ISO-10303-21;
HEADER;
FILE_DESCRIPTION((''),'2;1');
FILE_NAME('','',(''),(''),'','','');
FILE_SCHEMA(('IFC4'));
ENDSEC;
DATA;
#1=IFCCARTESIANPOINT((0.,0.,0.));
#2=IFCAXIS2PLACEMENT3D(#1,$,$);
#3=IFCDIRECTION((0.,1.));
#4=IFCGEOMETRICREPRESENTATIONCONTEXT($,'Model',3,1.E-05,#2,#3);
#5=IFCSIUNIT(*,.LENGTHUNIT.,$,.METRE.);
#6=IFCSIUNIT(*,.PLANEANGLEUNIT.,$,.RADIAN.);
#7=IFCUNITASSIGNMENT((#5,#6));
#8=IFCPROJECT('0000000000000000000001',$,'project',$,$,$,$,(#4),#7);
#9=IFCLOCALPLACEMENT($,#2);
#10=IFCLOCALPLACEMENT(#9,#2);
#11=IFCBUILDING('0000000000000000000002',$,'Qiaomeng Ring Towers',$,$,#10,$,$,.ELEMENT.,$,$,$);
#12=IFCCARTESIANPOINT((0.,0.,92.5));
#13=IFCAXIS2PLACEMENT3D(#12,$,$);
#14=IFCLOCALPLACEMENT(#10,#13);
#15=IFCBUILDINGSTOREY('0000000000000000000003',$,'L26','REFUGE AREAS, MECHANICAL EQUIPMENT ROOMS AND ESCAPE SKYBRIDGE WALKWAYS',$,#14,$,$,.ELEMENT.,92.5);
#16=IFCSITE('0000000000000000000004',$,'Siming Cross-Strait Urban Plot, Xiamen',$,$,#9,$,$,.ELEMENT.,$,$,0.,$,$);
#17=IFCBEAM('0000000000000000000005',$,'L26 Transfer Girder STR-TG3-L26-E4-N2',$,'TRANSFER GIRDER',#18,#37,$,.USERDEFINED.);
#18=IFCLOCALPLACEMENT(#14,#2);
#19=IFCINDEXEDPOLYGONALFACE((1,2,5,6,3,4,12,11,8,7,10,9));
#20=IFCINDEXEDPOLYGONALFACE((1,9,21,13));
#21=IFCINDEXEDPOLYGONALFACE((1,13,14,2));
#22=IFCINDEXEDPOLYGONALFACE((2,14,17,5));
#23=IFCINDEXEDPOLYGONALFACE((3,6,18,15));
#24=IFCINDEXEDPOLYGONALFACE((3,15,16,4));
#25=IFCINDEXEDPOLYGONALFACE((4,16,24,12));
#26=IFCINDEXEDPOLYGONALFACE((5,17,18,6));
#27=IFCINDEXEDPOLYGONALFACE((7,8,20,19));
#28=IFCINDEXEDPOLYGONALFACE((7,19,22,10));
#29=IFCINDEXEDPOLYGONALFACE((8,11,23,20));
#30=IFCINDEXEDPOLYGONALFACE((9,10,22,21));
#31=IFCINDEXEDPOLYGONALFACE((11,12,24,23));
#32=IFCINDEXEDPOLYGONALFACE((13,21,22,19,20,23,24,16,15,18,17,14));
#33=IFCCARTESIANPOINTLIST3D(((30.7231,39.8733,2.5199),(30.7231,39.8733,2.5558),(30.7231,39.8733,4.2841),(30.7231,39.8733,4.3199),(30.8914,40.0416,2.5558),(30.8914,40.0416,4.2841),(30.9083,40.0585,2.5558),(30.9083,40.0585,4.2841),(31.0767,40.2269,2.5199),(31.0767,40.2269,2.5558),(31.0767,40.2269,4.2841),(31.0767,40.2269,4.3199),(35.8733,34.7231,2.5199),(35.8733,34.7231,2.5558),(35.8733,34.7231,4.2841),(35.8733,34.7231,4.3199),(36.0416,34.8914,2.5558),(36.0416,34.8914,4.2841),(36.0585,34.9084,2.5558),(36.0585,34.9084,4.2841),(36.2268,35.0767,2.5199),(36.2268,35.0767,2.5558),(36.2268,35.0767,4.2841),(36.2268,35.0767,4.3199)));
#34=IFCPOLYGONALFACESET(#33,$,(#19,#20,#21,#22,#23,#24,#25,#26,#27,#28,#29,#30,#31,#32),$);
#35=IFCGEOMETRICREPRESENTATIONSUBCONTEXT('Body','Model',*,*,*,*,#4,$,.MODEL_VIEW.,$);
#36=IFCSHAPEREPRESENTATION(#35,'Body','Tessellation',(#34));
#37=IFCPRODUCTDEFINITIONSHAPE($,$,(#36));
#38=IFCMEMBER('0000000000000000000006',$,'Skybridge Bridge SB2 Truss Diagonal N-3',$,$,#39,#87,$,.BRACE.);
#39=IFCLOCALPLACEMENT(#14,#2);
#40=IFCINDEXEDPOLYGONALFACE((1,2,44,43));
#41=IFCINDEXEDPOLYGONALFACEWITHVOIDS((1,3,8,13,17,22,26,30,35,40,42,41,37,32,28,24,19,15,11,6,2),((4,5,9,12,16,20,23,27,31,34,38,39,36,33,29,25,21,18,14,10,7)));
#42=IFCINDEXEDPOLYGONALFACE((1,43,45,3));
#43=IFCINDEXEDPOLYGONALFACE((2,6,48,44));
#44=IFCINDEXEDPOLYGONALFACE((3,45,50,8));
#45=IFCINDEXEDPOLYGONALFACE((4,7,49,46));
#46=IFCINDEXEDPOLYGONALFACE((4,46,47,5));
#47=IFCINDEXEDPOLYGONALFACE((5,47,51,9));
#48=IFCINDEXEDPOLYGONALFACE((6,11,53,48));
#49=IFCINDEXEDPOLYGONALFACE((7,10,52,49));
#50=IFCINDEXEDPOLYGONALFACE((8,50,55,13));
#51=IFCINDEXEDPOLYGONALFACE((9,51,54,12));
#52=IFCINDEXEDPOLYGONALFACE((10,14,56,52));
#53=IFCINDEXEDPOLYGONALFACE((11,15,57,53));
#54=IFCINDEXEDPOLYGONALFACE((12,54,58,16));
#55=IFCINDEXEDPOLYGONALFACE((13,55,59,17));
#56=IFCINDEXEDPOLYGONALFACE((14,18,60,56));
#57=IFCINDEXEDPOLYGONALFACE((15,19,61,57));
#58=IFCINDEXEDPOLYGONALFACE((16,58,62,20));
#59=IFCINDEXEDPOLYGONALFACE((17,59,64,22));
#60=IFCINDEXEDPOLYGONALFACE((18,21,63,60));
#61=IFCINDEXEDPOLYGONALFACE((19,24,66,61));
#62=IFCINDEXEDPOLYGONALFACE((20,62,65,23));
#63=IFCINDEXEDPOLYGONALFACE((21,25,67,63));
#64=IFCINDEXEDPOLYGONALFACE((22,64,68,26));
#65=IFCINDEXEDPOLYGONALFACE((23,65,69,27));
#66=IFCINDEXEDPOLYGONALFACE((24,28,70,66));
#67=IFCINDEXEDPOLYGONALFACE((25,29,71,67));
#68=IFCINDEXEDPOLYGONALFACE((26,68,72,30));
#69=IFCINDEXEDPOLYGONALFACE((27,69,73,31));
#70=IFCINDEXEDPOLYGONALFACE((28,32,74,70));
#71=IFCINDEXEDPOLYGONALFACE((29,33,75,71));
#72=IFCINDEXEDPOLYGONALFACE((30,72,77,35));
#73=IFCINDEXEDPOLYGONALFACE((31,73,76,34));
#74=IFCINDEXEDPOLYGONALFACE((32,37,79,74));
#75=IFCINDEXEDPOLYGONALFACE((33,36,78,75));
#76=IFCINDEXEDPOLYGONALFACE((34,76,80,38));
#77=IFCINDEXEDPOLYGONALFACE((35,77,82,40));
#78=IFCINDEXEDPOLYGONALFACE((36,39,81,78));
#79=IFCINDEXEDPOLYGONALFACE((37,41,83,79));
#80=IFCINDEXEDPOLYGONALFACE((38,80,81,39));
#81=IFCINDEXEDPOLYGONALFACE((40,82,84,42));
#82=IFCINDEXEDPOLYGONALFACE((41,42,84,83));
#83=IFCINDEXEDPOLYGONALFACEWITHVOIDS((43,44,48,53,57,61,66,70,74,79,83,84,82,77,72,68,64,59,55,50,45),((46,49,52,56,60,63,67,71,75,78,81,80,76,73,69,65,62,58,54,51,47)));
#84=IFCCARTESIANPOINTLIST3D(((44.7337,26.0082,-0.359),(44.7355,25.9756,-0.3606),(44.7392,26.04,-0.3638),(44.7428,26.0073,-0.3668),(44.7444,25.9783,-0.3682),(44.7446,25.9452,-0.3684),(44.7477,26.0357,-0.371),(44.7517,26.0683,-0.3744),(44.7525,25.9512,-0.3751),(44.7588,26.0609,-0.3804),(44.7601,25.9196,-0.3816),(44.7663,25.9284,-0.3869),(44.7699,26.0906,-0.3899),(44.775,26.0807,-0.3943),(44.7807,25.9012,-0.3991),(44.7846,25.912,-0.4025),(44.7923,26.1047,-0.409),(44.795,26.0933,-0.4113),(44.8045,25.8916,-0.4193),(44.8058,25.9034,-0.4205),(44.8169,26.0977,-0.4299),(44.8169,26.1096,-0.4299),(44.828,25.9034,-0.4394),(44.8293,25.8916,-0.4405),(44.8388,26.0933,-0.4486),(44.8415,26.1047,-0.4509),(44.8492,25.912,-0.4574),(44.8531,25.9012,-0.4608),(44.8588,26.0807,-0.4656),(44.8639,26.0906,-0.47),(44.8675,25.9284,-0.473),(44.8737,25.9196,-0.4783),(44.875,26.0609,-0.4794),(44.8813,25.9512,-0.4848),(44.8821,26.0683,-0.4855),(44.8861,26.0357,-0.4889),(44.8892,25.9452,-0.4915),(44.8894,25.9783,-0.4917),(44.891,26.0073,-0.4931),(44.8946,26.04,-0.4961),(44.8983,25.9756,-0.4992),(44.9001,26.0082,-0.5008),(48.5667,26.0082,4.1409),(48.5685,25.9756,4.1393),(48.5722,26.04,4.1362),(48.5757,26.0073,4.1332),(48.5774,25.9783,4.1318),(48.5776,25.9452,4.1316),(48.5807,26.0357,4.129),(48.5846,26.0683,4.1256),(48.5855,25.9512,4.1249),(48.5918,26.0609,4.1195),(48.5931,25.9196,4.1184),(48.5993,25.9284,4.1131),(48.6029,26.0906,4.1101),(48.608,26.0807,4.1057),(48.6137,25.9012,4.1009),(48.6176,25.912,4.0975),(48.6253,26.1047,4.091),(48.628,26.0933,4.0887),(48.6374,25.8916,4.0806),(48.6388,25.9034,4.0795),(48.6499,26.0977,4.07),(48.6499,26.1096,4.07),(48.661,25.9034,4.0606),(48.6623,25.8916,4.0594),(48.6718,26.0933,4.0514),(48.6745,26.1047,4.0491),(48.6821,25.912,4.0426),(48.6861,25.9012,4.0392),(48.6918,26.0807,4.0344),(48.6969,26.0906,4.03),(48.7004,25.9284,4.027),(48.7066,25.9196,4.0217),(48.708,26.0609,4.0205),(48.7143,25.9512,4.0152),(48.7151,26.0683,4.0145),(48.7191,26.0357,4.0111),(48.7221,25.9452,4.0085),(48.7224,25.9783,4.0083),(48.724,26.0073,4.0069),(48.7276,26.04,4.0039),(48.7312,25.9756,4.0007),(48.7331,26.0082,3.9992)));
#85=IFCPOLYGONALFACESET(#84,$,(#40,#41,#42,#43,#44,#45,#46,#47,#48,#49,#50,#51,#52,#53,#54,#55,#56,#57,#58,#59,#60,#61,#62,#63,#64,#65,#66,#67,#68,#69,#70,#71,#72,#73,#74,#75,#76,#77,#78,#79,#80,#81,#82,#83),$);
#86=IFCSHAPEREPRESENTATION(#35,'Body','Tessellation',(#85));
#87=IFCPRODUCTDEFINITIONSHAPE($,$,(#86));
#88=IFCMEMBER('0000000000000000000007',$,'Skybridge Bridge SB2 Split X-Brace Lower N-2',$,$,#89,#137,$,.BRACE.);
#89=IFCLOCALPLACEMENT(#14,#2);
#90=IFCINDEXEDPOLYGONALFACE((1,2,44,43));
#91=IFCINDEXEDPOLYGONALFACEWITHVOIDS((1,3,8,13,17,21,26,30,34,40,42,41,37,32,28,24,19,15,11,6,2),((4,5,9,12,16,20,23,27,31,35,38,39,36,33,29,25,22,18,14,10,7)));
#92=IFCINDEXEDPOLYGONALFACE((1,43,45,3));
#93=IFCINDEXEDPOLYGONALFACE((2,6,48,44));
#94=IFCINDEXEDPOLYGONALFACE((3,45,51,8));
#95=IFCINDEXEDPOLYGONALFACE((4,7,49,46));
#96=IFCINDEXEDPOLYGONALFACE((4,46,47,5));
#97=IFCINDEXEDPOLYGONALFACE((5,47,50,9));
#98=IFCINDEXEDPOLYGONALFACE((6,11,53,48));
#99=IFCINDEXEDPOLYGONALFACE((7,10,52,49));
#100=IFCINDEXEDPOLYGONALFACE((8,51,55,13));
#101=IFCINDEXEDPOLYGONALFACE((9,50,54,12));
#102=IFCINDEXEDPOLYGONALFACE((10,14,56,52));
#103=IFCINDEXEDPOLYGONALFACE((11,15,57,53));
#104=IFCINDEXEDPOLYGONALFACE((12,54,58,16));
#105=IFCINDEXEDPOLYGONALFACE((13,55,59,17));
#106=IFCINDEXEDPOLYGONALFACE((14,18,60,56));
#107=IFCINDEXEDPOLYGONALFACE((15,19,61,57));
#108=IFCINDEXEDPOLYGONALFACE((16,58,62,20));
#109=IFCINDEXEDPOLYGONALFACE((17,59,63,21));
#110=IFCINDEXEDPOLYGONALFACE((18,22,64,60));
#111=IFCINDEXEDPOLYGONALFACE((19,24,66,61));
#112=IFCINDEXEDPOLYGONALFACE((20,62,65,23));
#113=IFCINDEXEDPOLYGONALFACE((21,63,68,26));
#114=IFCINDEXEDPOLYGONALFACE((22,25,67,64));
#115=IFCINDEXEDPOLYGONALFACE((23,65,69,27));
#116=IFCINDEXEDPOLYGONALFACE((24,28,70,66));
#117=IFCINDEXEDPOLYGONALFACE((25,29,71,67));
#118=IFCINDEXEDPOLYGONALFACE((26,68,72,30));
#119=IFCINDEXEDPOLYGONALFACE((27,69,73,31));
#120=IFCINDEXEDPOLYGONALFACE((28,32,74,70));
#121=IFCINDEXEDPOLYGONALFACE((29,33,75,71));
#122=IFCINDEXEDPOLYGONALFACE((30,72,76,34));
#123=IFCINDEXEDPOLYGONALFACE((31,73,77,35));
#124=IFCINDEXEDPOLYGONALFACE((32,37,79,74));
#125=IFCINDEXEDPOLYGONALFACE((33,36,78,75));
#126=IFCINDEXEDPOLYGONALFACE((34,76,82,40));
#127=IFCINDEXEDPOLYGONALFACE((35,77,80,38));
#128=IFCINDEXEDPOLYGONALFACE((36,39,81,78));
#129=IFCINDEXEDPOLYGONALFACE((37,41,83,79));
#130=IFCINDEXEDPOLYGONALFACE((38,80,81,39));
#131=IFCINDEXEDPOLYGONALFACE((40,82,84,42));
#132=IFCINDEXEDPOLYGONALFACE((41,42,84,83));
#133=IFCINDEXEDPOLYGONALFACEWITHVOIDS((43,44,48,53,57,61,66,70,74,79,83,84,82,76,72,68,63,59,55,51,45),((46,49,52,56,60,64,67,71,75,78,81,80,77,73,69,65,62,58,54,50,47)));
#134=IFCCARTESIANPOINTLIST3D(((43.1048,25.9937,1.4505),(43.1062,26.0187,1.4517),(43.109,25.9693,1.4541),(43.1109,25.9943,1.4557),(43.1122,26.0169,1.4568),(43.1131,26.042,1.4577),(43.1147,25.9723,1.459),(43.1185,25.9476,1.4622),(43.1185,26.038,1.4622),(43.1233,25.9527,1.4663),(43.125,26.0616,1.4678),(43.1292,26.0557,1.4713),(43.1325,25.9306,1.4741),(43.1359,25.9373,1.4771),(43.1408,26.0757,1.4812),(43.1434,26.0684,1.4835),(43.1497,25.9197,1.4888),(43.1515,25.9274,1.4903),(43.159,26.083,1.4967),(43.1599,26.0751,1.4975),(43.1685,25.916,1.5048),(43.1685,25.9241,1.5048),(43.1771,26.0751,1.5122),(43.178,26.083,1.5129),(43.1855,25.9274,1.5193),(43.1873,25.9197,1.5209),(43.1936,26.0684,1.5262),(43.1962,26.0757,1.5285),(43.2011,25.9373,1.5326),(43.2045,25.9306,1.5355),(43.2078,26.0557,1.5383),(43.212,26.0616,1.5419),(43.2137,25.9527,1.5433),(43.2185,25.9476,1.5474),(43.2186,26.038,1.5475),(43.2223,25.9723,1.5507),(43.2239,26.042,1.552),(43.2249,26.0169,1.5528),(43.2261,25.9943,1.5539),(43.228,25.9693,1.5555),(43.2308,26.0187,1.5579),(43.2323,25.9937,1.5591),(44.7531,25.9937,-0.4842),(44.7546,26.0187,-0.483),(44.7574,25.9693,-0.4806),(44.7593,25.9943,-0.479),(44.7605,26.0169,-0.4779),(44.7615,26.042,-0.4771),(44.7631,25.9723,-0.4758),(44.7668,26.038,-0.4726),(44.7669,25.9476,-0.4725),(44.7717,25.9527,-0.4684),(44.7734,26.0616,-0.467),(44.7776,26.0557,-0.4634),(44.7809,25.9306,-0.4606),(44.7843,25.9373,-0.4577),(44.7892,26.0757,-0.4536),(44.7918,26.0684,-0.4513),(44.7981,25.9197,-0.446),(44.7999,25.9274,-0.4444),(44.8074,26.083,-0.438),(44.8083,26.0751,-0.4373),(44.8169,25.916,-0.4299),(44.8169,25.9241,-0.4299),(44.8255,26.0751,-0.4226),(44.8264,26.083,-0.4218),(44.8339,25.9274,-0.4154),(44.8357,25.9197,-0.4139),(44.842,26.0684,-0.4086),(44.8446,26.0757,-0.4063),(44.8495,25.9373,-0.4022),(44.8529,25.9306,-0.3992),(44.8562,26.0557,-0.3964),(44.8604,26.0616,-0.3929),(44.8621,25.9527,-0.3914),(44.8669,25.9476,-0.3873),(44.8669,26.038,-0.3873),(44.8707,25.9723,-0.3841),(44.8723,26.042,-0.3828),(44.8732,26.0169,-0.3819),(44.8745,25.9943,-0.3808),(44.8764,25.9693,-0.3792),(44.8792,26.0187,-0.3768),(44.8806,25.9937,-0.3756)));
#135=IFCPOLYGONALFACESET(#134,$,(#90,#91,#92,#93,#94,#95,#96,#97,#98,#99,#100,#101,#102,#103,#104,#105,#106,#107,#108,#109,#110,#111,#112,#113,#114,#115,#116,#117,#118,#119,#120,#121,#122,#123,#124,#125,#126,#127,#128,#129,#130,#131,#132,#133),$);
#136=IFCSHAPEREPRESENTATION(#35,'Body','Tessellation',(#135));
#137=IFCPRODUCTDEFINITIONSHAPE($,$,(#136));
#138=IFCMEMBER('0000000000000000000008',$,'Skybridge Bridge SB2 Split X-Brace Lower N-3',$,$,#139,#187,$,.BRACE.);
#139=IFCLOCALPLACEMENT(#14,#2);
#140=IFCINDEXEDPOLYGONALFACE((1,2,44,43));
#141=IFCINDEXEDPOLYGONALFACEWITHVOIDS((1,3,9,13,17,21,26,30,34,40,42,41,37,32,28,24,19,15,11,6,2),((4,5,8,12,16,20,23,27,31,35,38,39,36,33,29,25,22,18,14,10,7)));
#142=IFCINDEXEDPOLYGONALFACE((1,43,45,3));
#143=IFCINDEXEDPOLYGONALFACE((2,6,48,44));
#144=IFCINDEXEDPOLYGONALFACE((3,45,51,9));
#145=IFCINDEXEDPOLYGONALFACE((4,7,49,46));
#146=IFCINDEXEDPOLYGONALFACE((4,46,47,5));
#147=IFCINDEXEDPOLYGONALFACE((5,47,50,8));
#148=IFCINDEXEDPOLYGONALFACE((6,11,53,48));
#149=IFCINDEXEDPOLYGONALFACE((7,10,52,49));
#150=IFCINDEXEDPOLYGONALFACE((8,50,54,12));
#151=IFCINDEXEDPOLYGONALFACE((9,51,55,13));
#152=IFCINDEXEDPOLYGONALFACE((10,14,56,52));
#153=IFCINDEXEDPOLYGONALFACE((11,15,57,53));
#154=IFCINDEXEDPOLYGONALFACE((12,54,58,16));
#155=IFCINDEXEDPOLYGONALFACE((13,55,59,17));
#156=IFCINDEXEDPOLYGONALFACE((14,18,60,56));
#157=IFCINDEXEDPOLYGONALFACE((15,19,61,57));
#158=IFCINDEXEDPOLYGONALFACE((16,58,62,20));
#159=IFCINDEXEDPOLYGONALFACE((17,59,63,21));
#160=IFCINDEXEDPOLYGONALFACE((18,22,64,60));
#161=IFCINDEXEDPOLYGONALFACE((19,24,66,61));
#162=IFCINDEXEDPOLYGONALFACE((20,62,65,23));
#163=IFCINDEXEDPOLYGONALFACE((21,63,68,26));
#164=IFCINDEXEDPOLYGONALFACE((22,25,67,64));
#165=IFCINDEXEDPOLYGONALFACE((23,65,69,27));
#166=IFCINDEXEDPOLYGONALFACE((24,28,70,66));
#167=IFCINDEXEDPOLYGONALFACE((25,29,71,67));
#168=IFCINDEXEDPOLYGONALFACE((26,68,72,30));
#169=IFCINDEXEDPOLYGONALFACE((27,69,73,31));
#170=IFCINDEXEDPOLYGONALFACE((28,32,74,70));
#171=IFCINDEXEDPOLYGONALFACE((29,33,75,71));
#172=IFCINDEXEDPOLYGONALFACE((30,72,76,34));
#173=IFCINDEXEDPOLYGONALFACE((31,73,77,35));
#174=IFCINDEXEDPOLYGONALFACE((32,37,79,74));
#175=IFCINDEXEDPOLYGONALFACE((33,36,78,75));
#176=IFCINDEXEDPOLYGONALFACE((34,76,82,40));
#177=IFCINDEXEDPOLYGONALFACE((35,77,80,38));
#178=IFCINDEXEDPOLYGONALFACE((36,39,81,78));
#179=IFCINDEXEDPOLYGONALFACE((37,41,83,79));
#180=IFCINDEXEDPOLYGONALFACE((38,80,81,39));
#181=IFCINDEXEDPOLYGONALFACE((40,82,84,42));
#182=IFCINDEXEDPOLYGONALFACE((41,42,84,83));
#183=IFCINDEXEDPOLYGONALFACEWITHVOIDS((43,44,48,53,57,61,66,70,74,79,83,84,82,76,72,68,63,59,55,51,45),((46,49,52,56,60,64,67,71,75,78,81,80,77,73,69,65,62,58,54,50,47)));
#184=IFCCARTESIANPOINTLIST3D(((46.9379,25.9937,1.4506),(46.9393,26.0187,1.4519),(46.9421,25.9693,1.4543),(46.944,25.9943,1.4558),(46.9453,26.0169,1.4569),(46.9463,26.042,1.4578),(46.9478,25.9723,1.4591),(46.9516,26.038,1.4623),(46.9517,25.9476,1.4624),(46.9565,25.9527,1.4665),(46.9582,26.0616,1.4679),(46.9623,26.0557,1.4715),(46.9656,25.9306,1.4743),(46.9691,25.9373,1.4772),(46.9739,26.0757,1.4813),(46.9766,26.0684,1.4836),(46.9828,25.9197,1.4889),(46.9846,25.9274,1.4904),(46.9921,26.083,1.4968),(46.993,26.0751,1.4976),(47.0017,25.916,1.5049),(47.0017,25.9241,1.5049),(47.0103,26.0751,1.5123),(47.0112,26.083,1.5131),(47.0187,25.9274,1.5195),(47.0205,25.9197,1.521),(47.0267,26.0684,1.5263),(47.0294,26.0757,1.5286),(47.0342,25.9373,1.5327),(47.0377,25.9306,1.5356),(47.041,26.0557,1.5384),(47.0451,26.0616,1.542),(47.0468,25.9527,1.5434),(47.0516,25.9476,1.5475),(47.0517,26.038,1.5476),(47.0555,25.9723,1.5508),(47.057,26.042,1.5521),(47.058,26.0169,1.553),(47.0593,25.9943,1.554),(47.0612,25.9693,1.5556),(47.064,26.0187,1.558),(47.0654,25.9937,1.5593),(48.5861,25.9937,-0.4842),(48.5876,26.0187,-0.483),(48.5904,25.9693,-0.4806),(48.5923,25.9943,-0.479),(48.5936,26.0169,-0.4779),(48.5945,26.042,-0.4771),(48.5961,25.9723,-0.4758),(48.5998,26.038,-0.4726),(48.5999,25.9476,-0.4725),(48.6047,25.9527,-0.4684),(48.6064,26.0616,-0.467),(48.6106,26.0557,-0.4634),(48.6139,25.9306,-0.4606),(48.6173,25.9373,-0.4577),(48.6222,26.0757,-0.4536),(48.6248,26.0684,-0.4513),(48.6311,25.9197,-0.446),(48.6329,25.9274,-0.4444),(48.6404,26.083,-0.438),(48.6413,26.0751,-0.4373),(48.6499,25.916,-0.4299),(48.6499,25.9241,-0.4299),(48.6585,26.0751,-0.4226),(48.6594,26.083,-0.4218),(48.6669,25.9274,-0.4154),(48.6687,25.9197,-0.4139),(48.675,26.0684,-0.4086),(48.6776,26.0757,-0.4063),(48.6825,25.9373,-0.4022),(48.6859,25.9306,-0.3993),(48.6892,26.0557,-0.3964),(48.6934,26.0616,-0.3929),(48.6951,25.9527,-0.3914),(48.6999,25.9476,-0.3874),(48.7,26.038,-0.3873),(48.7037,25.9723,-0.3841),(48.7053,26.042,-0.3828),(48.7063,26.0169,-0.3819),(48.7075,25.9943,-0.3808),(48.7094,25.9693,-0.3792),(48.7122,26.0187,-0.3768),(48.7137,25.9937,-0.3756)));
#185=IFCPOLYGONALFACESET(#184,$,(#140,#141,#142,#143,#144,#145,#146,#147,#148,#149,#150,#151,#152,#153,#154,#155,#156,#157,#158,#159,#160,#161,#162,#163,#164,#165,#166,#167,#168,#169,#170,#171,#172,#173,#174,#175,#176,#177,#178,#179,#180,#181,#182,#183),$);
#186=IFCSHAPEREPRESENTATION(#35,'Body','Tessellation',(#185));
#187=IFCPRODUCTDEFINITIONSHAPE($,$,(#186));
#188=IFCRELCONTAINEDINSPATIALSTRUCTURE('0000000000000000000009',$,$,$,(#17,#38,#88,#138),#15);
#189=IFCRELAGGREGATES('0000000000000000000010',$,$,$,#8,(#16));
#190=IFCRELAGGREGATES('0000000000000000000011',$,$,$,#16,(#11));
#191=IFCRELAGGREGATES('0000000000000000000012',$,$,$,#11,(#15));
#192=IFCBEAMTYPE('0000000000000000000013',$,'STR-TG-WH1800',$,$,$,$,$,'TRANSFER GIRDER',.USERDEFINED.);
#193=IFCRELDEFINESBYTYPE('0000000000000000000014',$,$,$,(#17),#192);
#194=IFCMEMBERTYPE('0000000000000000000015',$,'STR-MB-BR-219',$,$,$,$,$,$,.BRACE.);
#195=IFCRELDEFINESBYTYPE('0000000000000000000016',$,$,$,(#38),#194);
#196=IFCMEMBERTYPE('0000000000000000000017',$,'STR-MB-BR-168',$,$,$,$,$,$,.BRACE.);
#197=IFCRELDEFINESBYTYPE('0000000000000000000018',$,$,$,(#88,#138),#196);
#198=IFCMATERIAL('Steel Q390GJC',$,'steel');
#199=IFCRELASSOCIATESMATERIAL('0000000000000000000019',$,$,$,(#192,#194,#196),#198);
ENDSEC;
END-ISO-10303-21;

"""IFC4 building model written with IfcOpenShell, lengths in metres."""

from ifc_helpers import new_model, si_unit, direction, frame, origin, origin_2d, place, context, subcontext, project, spatial, hollow_circle, i_section, extrude, source, transform, mapped, material, material_profile, profile_set, type_object, element, save


model = new_model("IFC4")

# Units and contexts
model_context = context("Model", 3, precision=1e-05, world=origin(), true_north=direction((0.0, 1.0)))
body_context = subcontext(model_context, "Body", "Model", "MODEL_VIEW")
ifc_project = project(units=[si_unit("LENGTHUNIT", "METRE"), si_unit("PLANEANGLEUNIT", "RADIAN")], contexts=[model_context])

# Site, building, storey
site_placement = place(None, origin())
site = spatial("IfcSite", under=ifc_project, at=site_placement, Name="Siming Cross-Strait Urban Plot, Xiamen", CompositionType="ELEMENT", RefElevation=0.0)
building_placement = place(site_placement, origin())
building = spatial("IfcBuilding", under=site, at=building_placement, Name="Qiaomeng Ring Towers", CompositionType="ELEMENT")
storey_placement = place(building_placement, frame((0.0, 0.0, 92.5)))
storey = spatial("IfcBuildingStorey", under=building, at=storey_placement, Name="L26", Description="REFUGE AREAS, MECHANICAL EQUIPMENT ROOMS AND ESCAPE SKYBRIDGE WALKWAYS", CompositionType="ELEMENT", Elevation=92.5)

# Shared definitions
ifc_material_1 = material(Name="Steel Q390GJC", Category="steel")

# Beam
ifc_material_profile_1 = material_profile(ifc_material_1, i_section(OverallWidth=0.5, OverallDepth=1.8, WebThickness=0.0239, FlangeThickness=0.0359, at=origin_2d()), Name="WH 1800x500x24x36")
ifc_profile_set_1 = profile_set([ifc_material_profile_1], Name="Steel Q390GJC")
beam_type_1 = type_object("IfcBeamType", Name="STR-TG-WH1800", ElementType="TRANSFER GIRDER", PredefinedType="USERDEFINED", material=ifc_profile_set_1)
shared_shape_1 = source(origin(), body_context, "Body", "SweptSolid", [
    extrude(i_section(OverallWidth=0.5, OverallDepth=1.8, WebThickness=0.0239, FlangeThickness=0.0359, at=origin_2d()), origin(), (0.0, 0.0, 1.0), 7.2834),
])
beam_1_placement = place(storey_placement, frame((36.05, 34.8999, 3.4199), z_axis=(-0.707107, 0.707107, 0.0), x_axis=(-0.707107, -0.707107, 0.0)))
element("IfcBeam", 1, at=beam_1_placement, inside=storey, type_object=beam_type_1, Name="L26 Transfer Girder STR-TG3-L26-E4-N2", ObjectType="TRANSFER GIRDER", PredefinedType="USERDEFINED", context=body_context, shape_type="MappedRepresentation", body=[
    mapped(shared_shape_1, transform((0.0, 0.0, 0.0), x_axis=(1.0, 0.0, 0.0), y_axis=(0.0, 1.0, 0.0), z_axis=(0.0, 0.0, 1.0), scale=1.0)),
])

# Members
ifc_material_profile_2 = material_profile(ifc_material_1, hollow_circle(Radius=0.1096, WallThickness=0.012, at=origin_2d()), Name="CHS 219x12")
ifc_profile_set_2 = profile_set([ifc_material_profile_2], Name="Steel Q390GJC")
member_type_1 = type_object("IfcMemberType", Name="STR-MB-BR-219", PredefinedType="BRACE", material=ifc_profile_set_2)
shared_shape_2 = source(origin(), body_context, "Body", "SweptSolid", [
    extrude(hollow_circle(Radius=0.1096, WallThickness=0.012, at=origin_2d()), origin(), (0.0, 0.0, 1.0), 5.9111),
])
member_1_placement = place(storey_placement, frame((44.8169, 26.0, -0.4299), z_axis=(0.648435, 0.0, 0.76127), x_axis=(0.0, 1.0, 0.0)))
element("IfcMember", 2, at=member_1_placement, inside=storey, type_object=member_type_1, Name="Skybridge Bridge SB2 Truss Diagonal N-3", PredefinedType="BRACE", context=body_context, shape_type="MappedRepresentation", body=[
    mapped(shared_shape_2, transform((0.0, 0.0, 0.0), x_axis=(1.0, 0.0, 0.0), y_axis=(0.0, 1.0, 0.0), z_axis=(0.0, 0.0, 1.0), scale=1.0)),
])
ifc_material_profile_3 = material_profile(ifc_material_1, hollow_circle(Radius=0.084, WallThickness=0.0081, at=origin_2d()), Name="CHS 168x8")
ifc_profile_set_3 = profile_set([ifc_material_profile_3], Name="Steel Q390GJC")
member_type_2 = type_object("IfcMemberType", Name="STR-MB-BR-168", PredefinedType="BRACE", material=ifc_profile_set_3)
shared_shape_3 = source(origin(), body_context, "Body", "SweptSolid", [
    extrude(hollow_circle(Radius=0.084, WallThickness=0.0081, at=origin_2d()), origin(), (0.0, 0.0, 1.0), 2.5417),
])
for number, where, z_axis, x_axis, name in (
    (3, (44.8169, 26.0, -0.4299), (-0.648526, 0.0, 0.761192), (0.0, -1.0, 0.0), "Skybridge Bridge SB2 Split X-Brace Lower N-2"),
    (4, (48.6499, 26.0, -0.4299), (-0.648471, 0.0, 0.76124), (0.0, -1.0, 0.0), "Skybridge Bridge SB2 Split X-Brace Lower N-3"),
):
    element("IfcMember", number, at=place(storey_placement, frame(where, z_axis=z_axis, x_axis=x_axis)), inside=storey, type_object=member_type_2, Name=name, PredefinedType="BRACE", context=body_context, shape_type="MappedRepresentation", body=[
        mapped(shared_shape_3, transform((0.0, 0.0, 0.0), x_axis=(1.0, 0.0, 0.0), y_axis=(0.0, 1.0, 0.0), z_axis=(0.0, 0.0, 1.0), scale=1.0)),
    ])

save(model, "model.ifc")
